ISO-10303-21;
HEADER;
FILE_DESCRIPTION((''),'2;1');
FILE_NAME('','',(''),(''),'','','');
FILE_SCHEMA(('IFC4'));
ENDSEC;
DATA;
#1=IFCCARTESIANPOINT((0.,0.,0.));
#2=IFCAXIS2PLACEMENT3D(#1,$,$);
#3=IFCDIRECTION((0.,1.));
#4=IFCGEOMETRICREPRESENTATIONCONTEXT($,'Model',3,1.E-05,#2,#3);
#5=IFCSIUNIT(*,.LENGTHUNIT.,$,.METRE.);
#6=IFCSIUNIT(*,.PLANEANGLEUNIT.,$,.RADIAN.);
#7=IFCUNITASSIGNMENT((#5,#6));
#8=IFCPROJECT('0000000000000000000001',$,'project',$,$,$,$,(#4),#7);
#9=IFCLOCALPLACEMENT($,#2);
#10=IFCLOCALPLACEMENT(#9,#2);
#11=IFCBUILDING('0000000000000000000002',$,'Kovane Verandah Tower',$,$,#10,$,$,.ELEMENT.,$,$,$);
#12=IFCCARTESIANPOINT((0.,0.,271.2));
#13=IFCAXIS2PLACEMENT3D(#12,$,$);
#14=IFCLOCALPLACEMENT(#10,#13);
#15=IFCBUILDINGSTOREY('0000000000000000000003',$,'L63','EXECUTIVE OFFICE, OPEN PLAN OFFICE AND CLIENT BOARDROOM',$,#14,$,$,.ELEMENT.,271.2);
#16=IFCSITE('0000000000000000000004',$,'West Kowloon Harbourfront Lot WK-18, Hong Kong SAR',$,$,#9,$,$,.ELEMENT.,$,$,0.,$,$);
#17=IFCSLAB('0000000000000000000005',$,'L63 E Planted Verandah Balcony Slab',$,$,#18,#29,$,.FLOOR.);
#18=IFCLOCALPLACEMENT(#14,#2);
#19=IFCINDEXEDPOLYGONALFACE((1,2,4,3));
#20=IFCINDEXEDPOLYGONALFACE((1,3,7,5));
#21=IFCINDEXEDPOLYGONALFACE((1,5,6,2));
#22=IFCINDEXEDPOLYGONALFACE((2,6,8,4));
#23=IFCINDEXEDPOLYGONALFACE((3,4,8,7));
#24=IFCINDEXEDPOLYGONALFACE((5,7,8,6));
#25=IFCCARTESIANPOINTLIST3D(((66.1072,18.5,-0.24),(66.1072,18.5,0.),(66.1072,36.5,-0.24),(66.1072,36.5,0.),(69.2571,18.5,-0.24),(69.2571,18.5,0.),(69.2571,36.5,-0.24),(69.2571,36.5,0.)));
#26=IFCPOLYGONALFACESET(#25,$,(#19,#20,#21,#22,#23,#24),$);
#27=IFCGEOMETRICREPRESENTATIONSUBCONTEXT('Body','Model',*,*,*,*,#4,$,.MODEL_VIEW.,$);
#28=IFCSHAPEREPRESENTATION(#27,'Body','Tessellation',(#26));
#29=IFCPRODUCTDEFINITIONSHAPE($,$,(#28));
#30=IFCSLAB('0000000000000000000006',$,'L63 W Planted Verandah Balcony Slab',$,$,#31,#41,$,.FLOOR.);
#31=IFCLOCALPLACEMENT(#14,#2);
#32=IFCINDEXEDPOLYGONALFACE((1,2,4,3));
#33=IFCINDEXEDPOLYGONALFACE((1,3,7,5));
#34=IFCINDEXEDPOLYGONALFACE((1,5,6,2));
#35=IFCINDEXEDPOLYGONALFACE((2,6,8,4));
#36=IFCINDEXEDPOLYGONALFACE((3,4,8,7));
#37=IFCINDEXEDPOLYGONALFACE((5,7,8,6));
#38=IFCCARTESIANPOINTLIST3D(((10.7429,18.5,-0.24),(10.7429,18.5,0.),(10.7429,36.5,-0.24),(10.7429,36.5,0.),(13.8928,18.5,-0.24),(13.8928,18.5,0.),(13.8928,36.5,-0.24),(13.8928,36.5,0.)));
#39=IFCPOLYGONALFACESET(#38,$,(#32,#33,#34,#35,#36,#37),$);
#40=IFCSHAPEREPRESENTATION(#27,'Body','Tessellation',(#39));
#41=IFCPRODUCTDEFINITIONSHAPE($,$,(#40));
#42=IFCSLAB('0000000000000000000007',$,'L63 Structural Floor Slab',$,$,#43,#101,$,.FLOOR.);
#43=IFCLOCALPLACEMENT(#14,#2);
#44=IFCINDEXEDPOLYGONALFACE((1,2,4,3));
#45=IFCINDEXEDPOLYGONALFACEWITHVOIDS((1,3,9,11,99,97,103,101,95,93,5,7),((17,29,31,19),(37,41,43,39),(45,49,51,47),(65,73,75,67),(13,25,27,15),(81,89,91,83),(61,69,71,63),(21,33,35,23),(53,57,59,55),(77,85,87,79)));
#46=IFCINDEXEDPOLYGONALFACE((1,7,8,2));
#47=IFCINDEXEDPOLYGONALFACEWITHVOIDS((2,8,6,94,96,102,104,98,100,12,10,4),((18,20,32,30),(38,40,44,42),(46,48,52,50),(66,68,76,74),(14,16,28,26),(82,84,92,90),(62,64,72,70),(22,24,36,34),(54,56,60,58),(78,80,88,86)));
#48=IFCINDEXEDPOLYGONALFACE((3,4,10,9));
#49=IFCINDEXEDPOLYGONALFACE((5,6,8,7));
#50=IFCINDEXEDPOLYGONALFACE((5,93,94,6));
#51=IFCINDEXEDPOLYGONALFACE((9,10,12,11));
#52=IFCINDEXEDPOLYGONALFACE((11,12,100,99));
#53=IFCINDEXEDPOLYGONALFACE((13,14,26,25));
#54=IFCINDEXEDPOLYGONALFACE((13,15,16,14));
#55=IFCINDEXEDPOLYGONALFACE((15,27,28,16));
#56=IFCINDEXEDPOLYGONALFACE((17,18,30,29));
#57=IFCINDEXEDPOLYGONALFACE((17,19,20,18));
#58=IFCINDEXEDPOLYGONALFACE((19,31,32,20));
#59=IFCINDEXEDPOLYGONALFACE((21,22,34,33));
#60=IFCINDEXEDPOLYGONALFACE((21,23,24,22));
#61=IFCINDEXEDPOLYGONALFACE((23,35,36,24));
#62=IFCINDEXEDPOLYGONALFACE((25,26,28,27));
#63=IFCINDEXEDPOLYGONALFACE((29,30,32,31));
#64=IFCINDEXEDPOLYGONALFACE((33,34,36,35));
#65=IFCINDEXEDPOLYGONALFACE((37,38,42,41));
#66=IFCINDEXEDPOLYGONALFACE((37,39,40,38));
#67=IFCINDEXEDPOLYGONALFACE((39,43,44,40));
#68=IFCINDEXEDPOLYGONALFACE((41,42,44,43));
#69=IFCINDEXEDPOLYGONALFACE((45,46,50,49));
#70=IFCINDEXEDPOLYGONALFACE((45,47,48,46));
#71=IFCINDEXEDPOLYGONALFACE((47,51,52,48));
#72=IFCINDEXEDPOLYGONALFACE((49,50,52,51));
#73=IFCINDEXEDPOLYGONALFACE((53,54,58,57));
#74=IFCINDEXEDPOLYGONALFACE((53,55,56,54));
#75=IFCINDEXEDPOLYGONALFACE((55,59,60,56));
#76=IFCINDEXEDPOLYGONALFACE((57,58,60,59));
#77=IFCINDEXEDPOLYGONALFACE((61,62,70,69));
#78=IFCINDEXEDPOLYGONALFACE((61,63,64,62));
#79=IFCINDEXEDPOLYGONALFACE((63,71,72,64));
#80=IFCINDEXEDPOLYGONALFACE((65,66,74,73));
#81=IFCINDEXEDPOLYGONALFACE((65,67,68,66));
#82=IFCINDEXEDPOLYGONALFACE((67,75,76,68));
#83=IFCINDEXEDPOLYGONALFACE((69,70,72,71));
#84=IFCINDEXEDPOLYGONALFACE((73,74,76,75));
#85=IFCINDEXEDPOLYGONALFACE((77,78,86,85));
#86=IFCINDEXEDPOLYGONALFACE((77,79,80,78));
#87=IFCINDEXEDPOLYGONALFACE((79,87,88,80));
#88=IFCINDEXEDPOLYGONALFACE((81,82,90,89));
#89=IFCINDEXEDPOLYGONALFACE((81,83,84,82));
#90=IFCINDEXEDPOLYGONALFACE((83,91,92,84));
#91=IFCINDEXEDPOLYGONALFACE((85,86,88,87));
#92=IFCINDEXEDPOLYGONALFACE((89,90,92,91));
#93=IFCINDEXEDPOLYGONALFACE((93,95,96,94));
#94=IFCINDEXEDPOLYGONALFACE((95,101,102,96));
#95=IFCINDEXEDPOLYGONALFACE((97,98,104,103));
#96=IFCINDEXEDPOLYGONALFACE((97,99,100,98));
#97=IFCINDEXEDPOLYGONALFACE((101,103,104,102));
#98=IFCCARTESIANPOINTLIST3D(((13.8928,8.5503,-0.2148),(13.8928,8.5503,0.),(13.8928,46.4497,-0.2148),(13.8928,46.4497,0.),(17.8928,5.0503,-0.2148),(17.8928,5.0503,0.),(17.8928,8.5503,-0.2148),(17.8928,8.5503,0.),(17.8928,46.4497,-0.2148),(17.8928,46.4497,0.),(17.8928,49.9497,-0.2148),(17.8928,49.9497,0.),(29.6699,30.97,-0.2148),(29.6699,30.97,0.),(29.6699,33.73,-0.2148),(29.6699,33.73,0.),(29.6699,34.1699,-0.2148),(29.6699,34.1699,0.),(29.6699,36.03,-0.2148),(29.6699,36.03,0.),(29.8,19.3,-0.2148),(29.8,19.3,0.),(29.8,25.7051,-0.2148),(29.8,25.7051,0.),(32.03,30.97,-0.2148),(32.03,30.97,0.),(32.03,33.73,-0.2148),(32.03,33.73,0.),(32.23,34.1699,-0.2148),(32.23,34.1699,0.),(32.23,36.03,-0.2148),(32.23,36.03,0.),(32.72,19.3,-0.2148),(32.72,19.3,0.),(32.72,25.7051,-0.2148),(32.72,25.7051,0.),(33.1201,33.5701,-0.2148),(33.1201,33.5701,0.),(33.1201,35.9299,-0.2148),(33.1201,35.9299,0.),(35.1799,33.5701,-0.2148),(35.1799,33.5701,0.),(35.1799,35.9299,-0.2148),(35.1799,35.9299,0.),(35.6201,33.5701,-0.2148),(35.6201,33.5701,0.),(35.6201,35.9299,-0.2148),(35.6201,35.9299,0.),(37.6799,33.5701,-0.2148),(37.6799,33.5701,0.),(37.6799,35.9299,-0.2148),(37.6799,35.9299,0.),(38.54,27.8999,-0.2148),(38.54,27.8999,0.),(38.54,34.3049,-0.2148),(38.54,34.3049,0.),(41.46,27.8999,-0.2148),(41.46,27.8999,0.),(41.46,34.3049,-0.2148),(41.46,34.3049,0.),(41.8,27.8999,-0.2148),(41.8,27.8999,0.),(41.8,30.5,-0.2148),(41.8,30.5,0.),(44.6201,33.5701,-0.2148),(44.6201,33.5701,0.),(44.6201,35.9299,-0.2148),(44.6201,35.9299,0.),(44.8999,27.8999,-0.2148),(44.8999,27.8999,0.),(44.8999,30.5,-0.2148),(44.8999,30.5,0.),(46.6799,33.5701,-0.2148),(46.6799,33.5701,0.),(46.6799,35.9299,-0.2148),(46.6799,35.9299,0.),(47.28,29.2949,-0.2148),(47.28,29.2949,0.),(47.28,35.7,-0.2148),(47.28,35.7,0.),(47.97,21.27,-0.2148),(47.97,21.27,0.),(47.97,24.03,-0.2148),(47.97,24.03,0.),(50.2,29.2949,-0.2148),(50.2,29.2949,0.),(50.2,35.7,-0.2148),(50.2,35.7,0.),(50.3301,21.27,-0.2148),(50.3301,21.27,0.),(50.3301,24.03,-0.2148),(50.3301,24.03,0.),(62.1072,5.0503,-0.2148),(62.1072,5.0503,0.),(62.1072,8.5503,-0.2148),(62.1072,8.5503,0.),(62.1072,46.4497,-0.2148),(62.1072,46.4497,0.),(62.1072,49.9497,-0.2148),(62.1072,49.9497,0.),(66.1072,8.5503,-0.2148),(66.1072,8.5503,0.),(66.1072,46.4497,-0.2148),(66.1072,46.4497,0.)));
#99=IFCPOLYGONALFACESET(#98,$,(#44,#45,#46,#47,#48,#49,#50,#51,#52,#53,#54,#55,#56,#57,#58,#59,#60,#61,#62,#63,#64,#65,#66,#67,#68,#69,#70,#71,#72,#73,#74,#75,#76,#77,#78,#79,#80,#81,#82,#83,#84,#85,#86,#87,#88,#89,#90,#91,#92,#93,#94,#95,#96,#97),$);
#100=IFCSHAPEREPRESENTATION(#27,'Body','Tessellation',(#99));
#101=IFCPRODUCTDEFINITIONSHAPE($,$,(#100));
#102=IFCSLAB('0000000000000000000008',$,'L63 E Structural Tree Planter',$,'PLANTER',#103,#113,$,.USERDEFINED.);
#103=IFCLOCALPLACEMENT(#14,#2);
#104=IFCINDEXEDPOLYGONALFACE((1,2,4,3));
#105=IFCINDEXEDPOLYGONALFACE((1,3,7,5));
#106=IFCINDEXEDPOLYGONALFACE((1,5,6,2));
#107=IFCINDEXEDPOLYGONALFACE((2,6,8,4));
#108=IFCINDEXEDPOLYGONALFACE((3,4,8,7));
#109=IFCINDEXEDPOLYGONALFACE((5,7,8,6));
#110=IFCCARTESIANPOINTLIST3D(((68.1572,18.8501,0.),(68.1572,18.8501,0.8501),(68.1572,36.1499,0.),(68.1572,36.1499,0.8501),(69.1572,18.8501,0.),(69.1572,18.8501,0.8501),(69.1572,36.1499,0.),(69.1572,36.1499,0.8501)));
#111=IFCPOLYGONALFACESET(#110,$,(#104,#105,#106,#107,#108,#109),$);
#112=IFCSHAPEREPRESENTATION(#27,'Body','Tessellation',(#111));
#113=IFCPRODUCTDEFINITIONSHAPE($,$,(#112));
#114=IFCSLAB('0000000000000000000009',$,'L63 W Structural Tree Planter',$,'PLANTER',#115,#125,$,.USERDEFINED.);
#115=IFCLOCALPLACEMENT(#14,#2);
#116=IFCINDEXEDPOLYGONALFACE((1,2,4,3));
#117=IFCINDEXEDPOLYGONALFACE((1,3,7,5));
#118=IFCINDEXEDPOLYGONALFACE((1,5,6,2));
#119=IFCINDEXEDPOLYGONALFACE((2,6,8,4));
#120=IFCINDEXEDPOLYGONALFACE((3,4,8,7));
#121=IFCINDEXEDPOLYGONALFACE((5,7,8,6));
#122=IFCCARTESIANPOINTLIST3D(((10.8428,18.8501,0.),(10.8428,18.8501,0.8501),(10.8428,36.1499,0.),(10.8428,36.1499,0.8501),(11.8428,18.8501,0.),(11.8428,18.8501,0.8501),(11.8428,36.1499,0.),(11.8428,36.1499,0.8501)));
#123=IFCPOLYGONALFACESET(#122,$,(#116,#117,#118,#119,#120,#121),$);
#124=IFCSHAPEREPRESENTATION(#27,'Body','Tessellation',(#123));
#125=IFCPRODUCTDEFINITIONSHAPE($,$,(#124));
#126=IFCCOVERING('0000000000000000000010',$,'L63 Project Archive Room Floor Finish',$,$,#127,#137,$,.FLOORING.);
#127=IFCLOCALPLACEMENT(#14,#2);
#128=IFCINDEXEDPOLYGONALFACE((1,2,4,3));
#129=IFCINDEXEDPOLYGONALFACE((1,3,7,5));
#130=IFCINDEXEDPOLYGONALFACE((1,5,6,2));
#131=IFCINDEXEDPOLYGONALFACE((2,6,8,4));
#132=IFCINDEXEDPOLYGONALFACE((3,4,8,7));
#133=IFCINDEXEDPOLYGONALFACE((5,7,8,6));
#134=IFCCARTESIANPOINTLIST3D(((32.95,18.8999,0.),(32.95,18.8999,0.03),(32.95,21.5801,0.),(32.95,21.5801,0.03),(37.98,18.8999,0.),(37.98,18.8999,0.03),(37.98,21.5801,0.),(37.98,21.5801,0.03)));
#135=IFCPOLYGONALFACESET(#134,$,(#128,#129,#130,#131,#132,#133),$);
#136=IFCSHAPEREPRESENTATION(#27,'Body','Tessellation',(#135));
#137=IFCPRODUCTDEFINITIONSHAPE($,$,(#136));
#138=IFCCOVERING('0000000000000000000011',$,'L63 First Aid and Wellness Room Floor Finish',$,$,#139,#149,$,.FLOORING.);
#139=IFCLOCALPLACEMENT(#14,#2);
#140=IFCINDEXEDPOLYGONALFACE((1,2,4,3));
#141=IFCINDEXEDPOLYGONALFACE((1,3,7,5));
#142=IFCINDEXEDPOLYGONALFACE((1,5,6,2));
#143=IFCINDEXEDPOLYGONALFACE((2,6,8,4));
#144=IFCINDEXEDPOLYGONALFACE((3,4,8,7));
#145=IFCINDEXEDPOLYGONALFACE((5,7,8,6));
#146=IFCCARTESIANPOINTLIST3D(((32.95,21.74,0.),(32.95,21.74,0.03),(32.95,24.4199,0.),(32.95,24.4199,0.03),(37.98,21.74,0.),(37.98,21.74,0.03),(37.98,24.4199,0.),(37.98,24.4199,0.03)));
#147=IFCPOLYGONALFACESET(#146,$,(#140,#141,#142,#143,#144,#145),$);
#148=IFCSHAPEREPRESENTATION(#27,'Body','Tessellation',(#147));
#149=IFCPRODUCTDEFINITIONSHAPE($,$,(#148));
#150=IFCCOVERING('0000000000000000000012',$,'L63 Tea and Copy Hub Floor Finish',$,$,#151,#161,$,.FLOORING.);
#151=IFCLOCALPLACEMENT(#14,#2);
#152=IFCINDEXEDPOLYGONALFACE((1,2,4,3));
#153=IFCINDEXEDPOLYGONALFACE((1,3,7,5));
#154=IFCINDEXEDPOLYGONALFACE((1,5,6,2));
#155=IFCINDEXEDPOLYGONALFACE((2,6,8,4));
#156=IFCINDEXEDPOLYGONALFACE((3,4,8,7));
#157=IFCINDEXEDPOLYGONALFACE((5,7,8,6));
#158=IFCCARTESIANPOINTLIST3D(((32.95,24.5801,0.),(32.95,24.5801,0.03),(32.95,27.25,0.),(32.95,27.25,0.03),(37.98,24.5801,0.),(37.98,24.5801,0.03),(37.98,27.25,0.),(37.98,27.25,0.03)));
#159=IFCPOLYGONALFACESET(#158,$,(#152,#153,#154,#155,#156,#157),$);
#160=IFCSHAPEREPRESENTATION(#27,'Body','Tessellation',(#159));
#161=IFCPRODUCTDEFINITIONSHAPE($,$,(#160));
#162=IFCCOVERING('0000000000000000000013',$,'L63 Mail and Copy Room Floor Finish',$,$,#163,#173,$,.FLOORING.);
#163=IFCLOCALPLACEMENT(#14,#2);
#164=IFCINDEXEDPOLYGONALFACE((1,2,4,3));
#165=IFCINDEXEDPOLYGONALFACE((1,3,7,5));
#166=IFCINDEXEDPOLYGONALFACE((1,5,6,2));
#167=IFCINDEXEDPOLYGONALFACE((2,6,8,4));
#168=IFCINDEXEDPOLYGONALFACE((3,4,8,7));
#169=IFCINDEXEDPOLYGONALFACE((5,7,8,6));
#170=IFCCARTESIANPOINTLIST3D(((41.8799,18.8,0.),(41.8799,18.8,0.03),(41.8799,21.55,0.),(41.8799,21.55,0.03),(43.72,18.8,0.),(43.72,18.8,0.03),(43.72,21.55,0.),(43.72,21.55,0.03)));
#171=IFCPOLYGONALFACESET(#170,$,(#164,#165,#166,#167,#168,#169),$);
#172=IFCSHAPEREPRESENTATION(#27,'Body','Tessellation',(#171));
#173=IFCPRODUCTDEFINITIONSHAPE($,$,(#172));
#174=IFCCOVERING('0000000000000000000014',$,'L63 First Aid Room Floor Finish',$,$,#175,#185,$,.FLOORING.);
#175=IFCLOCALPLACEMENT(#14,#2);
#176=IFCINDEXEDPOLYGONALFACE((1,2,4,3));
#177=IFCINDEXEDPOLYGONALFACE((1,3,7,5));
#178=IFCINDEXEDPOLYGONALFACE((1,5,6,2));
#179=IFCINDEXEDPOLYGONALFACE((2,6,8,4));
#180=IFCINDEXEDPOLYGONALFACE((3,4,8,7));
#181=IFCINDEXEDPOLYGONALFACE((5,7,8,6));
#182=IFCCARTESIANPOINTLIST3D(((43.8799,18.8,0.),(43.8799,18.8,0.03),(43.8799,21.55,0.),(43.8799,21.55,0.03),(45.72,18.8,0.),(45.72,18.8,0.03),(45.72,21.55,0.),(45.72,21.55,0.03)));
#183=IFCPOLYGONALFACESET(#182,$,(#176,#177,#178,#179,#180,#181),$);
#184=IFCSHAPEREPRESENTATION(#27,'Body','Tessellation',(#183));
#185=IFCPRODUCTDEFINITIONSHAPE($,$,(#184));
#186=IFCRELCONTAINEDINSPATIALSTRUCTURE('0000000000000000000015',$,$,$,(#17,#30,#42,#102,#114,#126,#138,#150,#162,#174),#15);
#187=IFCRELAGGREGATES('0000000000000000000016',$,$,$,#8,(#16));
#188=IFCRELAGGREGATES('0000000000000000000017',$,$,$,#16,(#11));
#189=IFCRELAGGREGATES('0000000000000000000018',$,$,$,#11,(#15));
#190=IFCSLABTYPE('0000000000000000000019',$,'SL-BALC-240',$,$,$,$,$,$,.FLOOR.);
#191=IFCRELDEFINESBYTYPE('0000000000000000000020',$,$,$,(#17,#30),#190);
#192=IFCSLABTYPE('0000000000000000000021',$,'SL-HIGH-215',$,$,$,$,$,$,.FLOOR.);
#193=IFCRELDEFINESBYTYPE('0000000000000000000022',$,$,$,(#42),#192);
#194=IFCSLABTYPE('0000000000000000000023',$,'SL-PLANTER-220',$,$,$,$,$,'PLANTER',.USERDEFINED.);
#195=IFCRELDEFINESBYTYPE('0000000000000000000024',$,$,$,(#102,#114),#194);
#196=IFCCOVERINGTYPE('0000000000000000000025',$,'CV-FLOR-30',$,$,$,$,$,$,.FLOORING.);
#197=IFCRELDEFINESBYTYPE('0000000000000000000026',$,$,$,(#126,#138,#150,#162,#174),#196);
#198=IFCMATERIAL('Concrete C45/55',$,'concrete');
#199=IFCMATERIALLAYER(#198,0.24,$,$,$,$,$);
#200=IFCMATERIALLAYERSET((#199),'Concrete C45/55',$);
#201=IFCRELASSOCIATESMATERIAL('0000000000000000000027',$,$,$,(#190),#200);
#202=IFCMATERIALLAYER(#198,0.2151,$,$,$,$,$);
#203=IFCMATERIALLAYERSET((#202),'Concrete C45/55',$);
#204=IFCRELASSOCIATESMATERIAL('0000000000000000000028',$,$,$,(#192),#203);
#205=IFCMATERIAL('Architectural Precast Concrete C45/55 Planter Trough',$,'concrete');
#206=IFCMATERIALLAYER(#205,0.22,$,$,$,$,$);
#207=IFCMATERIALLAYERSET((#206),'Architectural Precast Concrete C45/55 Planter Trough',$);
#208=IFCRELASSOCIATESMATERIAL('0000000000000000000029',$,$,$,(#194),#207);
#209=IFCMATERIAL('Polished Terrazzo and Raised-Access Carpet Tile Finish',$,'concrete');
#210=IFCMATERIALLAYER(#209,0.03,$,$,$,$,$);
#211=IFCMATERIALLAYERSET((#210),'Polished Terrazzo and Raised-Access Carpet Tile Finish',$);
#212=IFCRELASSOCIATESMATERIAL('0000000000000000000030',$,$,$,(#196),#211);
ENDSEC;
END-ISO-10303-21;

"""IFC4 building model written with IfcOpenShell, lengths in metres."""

from ifc_helpers import new_model, si_unit, direction, frame, origin, place, context, subcontext, project, spatial, polyline, outline, extrude, material, layer, layer_set, type_object, element, save


model = new_model("IFC4")

# Units and contexts
model_context = context("Model", 3, precision=1e-05, world=origin(), true_north=direction((0.0, 1.0)))
body_context = subcontext(model_context, "Body", "Model", "MODEL_VIEW")
ifc_project = project(units=[si_unit("LENGTHUNIT", "METRE"), si_unit("PLANEANGLEUNIT", "RADIAN")], contexts=[model_context])

# Site, building, storey
site_placement = place(None, origin())
site = spatial("IfcSite", under=ifc_project, at=site_placement, Name="West Kowloon Harbourfront Lot WK-18, Hong Kong SAR", CompositionType="ELEMENT", RefElevation=0.0)
building_placement = place(site_placement, origin())
building = spatial("IfcBuilding", under=site, at=building_placement, Name="Kovane Verandah Tower", CompositionType="ELEMENT")
storey_placement = place(building_placement, frame((0.0, 0.0, 271.2)))
storey = spatial("IfcBuildingStorey", under=building, at=storey_placement, Name="L63", Description="EXECUTIVE OFFICE, OPEN PLAN OFFICE AND CLIENT BOARDROOM", CompositionType="ELEMENT", Elevation=271.2)

# Slabs
ifc_material_1 = material(Name="Concrete C45/55", Category="concrete")
ifc_layer_1 = layer(ifc_material_1, 0.24)
ifc_layer_set_1 = layer_set([ifc_layer_1], Name="Concrete C45/55")
slab_type_1 = type_object("IfcSlabType", Name="SL-BALC-240", PredefinedType="FLOOR", material=ifc_layer_set_1)
slab_1_placement = place(storey_placement, frame((0.0, 0.0, -0.24)))
element("IfcSlab", 1, at=slab_1_placement, inside=storey, type_object=slab_type_1, Name="L63 E Planted Verandah Balcony Slab", PredefinedType="FLOOR", context=body_context, shape_type="SweptSolid", body=[
    extrude(outline(polyline([(66.1072, 18.5), (69.2571, 18.5), (69.2571, 36.5), (66.1072, 36.5), (66.1072, 18.5)])), origin(), (0.0, 0.0, 1.0), 0.24),
])
slab_2_placement = place(storey_placement, frame((0.0, 0.0, -0.24)))
element("IfcSlab", 2, at=slab_2_placement, inside=storey, type_object=slab_type_1, Name="L63 W Planted Verandah Balcony Slab", PredefinedType="FLOOR", context=body_context, shape_type="SweptSolid", body=[
    extrude(outline(polyline([(10.7429, 18.5), (13.8928, 18.5), (13.8928, 36.5), (10.7429, 36.5), (10.7429, 18.5)])), origin(), (0.0, 0.0, 1.0), 0.24),
])
ifc_layer_2 = layer(ifc_material_1, 0.2151)
ifc_layer_set_2 = layer_set([ifc_layer_2], Name="Concrete C45/55")
slab_type_2 = type_object("IfcSlabType", Name="SL-HIGH-215", PredefinedType="FLOOR", material=ifc_layer_set_2)
slab_3_placement = place(storey_placement, frame((0.0, 0.0, -0.2148)))
element("IfcSlab", 3, at=slab_3_placement, inside=storey, type_object=slab_type_2, Name="L63 Structural Floor Slab", PredefinedType="FLOOR", context=body_context, shape_type="SweptSolid", body=[
    extrude(outline(polyline([(17.8928, 5.0503), (62.1072, 5.0503), (62.1072, 8.5503), (66.1072, 8.5503), (66.1072, 46.4497), (62.1072, 46.4497), (62.1072, 49.9497), (17.8928, 49.9497), (17.8928, 46.4497), (13.8928, 46.4497), (13.8928, 8.5503), (17.8928, 8.5503), (17.8928, 5.0503)]), holes=[polyline([(29.8, 19.3), (32.72, 19.3), (32.72, 25.7051), (29.8, 25.7051), (29.8, 19.3)]), polyline([(47.28, 29.2949), (50.2, 29.2949), (50.2, 35.7), (47.28, 35.7), (47.28, 29.2949)]), polyline([(38.54, 27.8999), (41.46, 27.8999), (41.46, 34.3049), (38.54, 34.3049), (38.54, 27.8999)]), polyline([(29.6699, 30.97), (32.03, 30.97), (32.03, 33.73), (29.6699, 33.73), (29.6699, 30.97)]), polyline([(47.97, 21.27), (50.3301, 21.27), (50.3301, 24.03), (47.97, 24.03), (47.97, 21.27)]), polyline([(29.6699, 34.1699), (32.23, 34.1699), (32.23, 36.03), (29.6699, 36.03), (29.6699, 34.1699)]), polyline([(33.1201, 33.5701), (35.1799, 33.5701), (35.1799, 35.9299), (33.1201, 35.9299), (33.1201, 33.5701)]), polyline([(35.6201, 33.5701), (37.6799, 33.5701), (37.6799, 35.9299), (35.6201, 35.9299), (35.6201, 33.5701)]), polyline([(44.6201, 33.5701), (46.6799, 33.5701), (46.6799, 35.9299), (44.6201, 35.9299), (44.6201, 33.5701)]), polyline([(41.8, 27.8999), (44.8999, 27.8999), (44.8999, 30.5), (41.8, 30.5), (41.8, 27.8999)])]), origin(), (0.0, 0.0, 1.0), 0.2148),
])
ifc_material_2 = material(Name="Architectural Precast Concrete C45/55 Planter Trough", Category="concrete")
ifc_layer_3 = layer(ifc_material_2, 0.22)
ifc_layer_set_3 = layer_set([ifc_layer_3], Name="Architectural Precast Concrete C45/55 Planter Trough")
slab_type_3 = type_object("IfcSlabType", Name="SL-PLANTER-220", ElementType="PLANTER", PredefinedType="USERDEFINED", material=ifc_layer_set_3)
slab_4_placement = place(storey_placement, origin())
element("IfcSlab", 4, at=slab_4_placement, inside=storey, type_object=slab_type_3, Name="L63 E Structural Tree Planter", ObjectType="PLANTER", PredefinedType="USERDEFINED", context=body_context, shape_type="SweptSolid", body=[
    extrude(outline(polyline([(68.1572, 18.8501), (69.1572, 18.8501), (69.1572, 36.1499), (68.1572, 36.1499), (68.1572, 18.8501)])), origin(), (0.0, 0.0, 1.0), 0.8501),
])
slab_5_placement = place(storey_placement, origin())
element("IfcSlab", 5, at=slab_5_placement, inside=storey, type_object=slab_type_3, Name="L63 W Structural Tree Planter", ObjectType="PLANTER", PredefinedType="USERDEFINED", context=body_context, shape_type="SweptSolid", body=[
    extrude(outline(polyline([(10.8428, 18.8501), (11.8428, 18.8501), (11.8428, 36.1499), (10.8428, 36.1499), (10.8428, 18.8501)])), origin(), (0.0, 0.0, 1.0), 0.8501),
])

# Coverings
ifc_material_3 = material(Name="Polished Terrazzo and Raised-Access Carpet Tile Finish", Category="concrete")
ifc_layer_4 = layer(ifc_material_3, 0.03)
ifc_layer_set_4 = layer_set([ifc_layer_4], Name="Polished Terrazzo and Raised-Access Carpet Tile Finish")
covering_type = type_object("IfcCoveringType", Name="CV-FLOR-30", PredefinedType="FLOORING", material=ifc_layer_set_4)
covering_1_placement = place(storey_placement, origin())
element("IfcCovering", 6, at=covering_1_placement, inside=storey, type_object=covering_type, Name="L63 Project Archive Room Floor Finish", PredefinedType="FLOORING", context=body_context, shape_type="SweptSolid", body=[
    extrude(outline(polyline([(32.95, 18.8999), (37.98, 18.8999), (37.98, 21.5801), (32.95, 21.5801), (32.95, 18.8999)])), origin(), (0.0, 0.0, 1.0), 0.03),
])
covering_2_placement = place(storey_placement, origin())
element("IfcCovering", 7, at=covering_2_placement, inside=storey, type_object=covering_type, Name="L63 First Aid and Wellness Room Floor Finish", PredefinedType="FLOORING", context=body_context, shape_type="SweptSolid", body=[
    extrude(outline(polyline([(32.95, 21.74), (37.98, 21.74), (37.98, 24.4199), (32.95, 24.4199), (32.95, 21.74)])), origin(), (0.0, 0.0, 1.0), 0.03),
])
covering_3_placement = place(storey_placement, origin())
element("IfcCovering", 8, at=covering_3_placement, inside=storey, type_object=covering_type, Name="L63 Tea and Copy Hub Floor Finish", PredefinedType="FLOORING", context=body_context, shape_type="SweptSolid", body=[
    extrude(outline(polyline([(32.95, 24.5801), (37.98, 24.5801), (37.98, 27.25), (32.95, 27.25), (32.95, 24.5801)])), origin(), (0.0, 0.0, 1.0), 0.03),
])
covering_4_placement = place(storey_placement, origin())
element("IfcCovering", 9, at=covering_4_placement, inside=storey, type_object=covering_type, Name="L63 Mail and Copy Room Floor Finish", PredefinedType="FLOORING", context=body_context, shape_type="SweptSolid", body=[
    extrude(outline(polyline([(41.8799, 18.8), (43.72, 18.8), (43.72, 21.55), (41.8799, 21.55), (41.8799, 18.8)])), origin(), (0.0, 0.0, 1.0), 0.03),
])
covering_5_placement = place(storey_placement, origin())
element("IfcCovering", 10, at=covering_5_placement, inside=storey, type_object=covering_type, Name="L63 First Aid Room Floor Finish", PredefinedType="FLOORING", context=body_context, shape_type="SweptSolid", body=[
    extrude(outline(polyline([(43.8799, 18.8), (45.72, 18.8), (45.72, 21.55), (43.8799, 21.55), (43.8799, 18.8)])), origin(), (0.0, 0.0, 1.0), 0.03),
])

save(model, "model.ifc")
